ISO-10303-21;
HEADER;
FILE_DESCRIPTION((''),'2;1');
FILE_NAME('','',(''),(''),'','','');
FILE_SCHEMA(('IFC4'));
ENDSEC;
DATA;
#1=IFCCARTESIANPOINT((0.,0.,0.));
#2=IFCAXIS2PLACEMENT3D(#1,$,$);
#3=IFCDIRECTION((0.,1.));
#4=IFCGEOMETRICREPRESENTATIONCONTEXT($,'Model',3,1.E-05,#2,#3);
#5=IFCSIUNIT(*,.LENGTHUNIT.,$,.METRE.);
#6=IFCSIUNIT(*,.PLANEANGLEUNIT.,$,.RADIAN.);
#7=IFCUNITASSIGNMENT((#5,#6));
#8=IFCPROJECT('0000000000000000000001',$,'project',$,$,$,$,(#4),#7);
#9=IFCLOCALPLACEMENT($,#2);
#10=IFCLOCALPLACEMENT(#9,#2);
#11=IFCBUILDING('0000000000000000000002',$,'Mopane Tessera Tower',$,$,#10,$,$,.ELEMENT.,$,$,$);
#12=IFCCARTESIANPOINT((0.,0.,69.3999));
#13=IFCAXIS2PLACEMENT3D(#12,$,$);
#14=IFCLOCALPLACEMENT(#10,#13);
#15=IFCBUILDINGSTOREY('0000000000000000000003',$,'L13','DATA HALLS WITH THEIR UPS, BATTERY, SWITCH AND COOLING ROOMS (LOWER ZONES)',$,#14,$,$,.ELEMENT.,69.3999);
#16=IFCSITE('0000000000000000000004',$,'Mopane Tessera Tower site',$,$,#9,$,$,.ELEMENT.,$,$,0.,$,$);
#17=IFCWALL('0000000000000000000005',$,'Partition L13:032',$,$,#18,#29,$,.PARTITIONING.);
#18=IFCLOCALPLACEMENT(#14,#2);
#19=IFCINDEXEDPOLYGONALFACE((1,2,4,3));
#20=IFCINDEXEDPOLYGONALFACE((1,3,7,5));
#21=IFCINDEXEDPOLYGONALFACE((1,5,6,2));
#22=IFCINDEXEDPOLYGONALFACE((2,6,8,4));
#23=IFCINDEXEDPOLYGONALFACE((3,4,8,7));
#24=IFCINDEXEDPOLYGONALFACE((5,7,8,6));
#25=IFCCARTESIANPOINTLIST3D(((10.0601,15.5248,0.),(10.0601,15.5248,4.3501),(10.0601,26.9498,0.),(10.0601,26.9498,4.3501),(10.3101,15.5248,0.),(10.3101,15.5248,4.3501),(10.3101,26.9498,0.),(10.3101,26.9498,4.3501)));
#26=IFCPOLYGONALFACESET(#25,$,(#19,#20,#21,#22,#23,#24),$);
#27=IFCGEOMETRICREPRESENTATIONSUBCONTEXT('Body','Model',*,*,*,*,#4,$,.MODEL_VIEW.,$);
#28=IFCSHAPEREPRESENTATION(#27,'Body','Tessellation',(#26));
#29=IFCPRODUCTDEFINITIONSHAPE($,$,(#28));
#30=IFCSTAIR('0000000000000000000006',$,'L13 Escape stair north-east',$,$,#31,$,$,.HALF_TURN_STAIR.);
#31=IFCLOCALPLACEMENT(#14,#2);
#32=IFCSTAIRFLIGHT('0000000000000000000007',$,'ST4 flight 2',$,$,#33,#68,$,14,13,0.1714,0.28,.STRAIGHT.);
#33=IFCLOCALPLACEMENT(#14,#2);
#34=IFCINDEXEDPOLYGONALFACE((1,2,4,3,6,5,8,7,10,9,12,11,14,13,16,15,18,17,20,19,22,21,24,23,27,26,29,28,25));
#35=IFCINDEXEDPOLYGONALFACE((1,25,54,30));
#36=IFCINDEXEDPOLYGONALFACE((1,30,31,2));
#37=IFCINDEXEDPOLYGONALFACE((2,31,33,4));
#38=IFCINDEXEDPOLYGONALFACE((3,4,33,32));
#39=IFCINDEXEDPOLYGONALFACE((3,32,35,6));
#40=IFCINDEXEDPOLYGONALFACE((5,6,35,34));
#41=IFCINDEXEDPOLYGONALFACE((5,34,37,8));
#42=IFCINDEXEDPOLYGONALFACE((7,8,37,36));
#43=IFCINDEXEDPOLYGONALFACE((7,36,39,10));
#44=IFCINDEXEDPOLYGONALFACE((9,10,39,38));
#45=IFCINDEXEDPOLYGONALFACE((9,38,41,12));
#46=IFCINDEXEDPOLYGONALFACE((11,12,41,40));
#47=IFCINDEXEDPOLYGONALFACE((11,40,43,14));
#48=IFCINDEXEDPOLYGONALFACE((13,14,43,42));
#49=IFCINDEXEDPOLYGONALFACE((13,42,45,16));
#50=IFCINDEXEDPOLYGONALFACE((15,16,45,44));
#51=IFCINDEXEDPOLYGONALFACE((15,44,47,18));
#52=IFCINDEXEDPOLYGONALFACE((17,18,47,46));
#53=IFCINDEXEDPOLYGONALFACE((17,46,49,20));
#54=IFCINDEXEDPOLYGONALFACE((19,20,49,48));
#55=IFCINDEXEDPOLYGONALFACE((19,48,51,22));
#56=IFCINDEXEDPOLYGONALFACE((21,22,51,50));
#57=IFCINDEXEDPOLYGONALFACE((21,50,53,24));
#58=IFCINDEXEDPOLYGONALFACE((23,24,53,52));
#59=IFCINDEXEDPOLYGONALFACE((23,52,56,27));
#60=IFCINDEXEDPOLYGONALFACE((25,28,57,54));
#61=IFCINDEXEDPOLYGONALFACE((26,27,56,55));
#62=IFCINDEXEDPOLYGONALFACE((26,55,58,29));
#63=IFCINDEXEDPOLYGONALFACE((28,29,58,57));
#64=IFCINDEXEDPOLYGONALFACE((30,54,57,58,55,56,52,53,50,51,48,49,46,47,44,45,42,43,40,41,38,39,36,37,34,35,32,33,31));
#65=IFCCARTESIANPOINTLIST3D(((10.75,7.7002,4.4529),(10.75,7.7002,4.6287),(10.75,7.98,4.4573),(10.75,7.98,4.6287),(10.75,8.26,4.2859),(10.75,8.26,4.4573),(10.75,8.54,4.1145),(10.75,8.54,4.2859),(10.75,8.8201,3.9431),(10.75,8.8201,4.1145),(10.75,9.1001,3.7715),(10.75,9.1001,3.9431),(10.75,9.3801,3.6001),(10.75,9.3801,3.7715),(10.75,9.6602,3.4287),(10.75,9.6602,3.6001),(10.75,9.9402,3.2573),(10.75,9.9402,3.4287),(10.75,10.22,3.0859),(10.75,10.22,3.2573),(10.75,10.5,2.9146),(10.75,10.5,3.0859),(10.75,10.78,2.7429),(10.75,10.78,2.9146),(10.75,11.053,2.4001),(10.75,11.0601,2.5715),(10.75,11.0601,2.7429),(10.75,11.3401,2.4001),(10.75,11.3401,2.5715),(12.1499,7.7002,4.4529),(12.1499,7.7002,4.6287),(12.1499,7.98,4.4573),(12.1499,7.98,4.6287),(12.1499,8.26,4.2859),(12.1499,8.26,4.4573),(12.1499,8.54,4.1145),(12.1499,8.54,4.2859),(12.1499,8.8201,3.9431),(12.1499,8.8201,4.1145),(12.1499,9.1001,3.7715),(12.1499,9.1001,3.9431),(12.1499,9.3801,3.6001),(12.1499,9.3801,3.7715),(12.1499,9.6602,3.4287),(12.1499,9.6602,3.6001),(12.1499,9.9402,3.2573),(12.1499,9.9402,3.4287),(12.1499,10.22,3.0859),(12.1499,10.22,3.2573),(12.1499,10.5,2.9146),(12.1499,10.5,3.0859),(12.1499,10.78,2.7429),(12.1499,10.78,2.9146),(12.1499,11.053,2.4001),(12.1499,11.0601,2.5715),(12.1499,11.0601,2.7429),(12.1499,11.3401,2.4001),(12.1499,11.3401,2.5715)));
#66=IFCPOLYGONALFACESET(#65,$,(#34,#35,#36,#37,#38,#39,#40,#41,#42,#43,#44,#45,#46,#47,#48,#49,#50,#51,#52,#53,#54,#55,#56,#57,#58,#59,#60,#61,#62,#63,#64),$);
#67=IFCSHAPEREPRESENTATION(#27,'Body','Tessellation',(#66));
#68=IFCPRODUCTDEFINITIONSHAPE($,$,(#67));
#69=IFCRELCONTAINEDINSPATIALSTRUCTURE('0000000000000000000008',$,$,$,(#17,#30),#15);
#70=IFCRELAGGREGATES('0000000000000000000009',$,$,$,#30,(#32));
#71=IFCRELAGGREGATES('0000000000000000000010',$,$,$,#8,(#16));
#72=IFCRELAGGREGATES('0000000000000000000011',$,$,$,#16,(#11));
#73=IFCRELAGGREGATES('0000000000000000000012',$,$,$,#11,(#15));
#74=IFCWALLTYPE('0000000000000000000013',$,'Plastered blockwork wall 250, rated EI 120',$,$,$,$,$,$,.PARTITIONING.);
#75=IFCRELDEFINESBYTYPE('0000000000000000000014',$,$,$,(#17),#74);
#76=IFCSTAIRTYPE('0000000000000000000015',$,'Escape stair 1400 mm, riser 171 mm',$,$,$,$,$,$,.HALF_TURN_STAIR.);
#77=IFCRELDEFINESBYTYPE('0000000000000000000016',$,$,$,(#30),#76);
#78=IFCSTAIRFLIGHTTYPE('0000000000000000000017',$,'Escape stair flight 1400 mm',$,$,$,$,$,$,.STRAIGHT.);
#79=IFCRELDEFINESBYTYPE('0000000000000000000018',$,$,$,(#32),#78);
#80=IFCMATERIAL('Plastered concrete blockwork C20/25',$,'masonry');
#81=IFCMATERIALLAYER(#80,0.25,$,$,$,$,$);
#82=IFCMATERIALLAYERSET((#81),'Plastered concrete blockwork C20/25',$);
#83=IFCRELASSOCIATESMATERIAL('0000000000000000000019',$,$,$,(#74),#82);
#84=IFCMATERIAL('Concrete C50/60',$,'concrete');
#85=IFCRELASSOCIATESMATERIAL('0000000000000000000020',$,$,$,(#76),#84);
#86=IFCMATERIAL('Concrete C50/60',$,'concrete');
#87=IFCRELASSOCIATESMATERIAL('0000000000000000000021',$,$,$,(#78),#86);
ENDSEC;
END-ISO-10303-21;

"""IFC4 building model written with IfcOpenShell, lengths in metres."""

from ifc_helpers import new_model, si_unit, direction, frame, frame_2d, origin, place, context, subcontext, project, spatial, polyline, rectangle, outline, extrude, material, layer, layer_set, type_object, element, aggregate, save


model = new_model("IFC4")

# Units and contexts
model_context = context("Model", 3, precision=1e-05, world=origin(), true_north=direction((0.0, 1.0)))
body_context = subcontext(model_context, "Body", "Model", "MODEL_VIEW")
ifc_project = project(units=[si_unit("LENGTHUNIT", "METRE"), si_unit("PLANEANGLEUNIT", "RADIAN")], contexts=[model_context])

# Site, building, storey
site_placement = place(None, origin())
site = spatial("IfcSite", under=ifc_project, at=site_placement, Name="Mopane Tessera Tower site", CompositionType="ELEMENT", RefElevation=0.0)
building_placement = place(site_placement, origin())
building = spatial("IfcBuilding", under=site, at=building_placement, Name="Mopane Tessera Tower", CompositionType="ELEMENT")
storey_placement = place(building_placement, frame((0.0, 0.0, 69.3999)))
storey = spatial("IfcBuildingStorey", under=building, at=storey_placement, Name="L13", Description="DATA HALLS WITH THEIR UPS, BATTERY, SWITCH AND COOLING ROOMS (LOWER ZONES)", CompositionType="ELEMENT", Elevation=69.3999)

# Shared definitions
ifc_material_1 = material(Name="Plastered concrete blockwork C20/25", Category="masonry")
ifc_layer_1 = layer(ifc_material_1, 0.25)
ifc_layer_set_1 = layer_set([ifc_layer_1], Name="Plastered concrete blockwork C20/25")
wall_type_1 = type_object("IfcWallType", Name="Plastered blockwork wall 250, rated EI 120", PredefinedType="PARTITIONING", material=ifc_layer_set_1)

# Wall
wall_1_placement = place(storey_placement, frame((10.1851, 15.5249, 0.0), z_axis=(0.0, 0.0, 1.0), x_axis=(0.0, 1.0, 0.0)))
element("IfcWall", 1, at=wall_1_placement, inside=storey, type_object=wall_type_1, Name="Partition L13:032", PredefinedType="PARTITIONING", context=body_context, shape_type="SweptSolid", body=[
    extrude(rectangle(XDim=11.425, YDim=0.25, at=frame_2d((5.7124, 0.0))), origin(), (0.0, 0.0, 1.0), 4.3501),
])

# Stair, stair flight
ifc_material_2 = material(Name="Concrete C50/60", Category="concrete")
stair_type = type_object("IfcStairType", Name="Escape stair 1400 mm, riser 171 mm", PredefinedType="HALF_TURN_STAIR", material=ifc_material_2)
stair_placement = place(storey_placement, origin())
stair = element("IfcStair", 2, at=stair_placement, inside=storey, type_object=stair_type, Name="L13 Escape stair north-east", PredefinedType="HALF_TURN_STAIR")
ifc_material_3 = material(Name="Concrete C50/60", Category="concrete")
stair_flight_type = type_object("IfcStairFlightType", Name="Escape stair flight 1400 mm", PredefinedType="STRAIGHT", material=ifc_material_3)
stair_flight_placement = place(storey_placement, frame((11.45, 11.3401, 2.4001), z_axis=(0.0, 0.0, 1.0), x_axis=(0.0, -1.0, 0.0)))
stair_flight = element("IfcStairFlight", 3, at=stair_flight_placement, type_object=stair_flight_type, Name="ST4 flight 2", NumberOfRisers=14, NumberOfTreads=13, PredefinedType="STRAIGHT", RiserHeight=0.1714, TreadLength=0.28, context=body_context, shape_type="SweptSolid", body=[
    extrude(outline(polyline([(0.0, 0.0), (0.0, 0.1714), (0.28, 0.1714), (0.28, 0.3428), (0.5601, 0.3428), (0.5601, 0.5144), (0.8401, 0.5144), (0.8401, 0.6858), (1.1201, 0.6858), (1.1201, 0.8572), (1.3999, 0.8572), (1.3999, 1.0286), (1.6799, 1.0286), (1.6799, 1.2), (1.96, 1.2), (1.96, 1.3713), (2.24, 1.3713), (2.24, 1.543), (2.52, 1.543), (2.52, 1.7144), (2.8, 1.7144), (2.8, 1.8857), (3.0801, 1.8857), (3.0801, 2.0571), (3.3601, 2.0571), (3.3601, 2.2285), (3.6399, 2.2285), (3.6399, 2.3999), (3.6399, 2.0527), (0.2871, 0.0), (0.0, 0.0)])), frame((0.0, 0.7, 0.0), z_axis=(0.0, -1.0, 0.0), x_axis=(1.0, 0.0, 0.0)), (0.0, 0.0, 1.0), 1.3999),
])
aggregate(stair, [stair_flight])

save(model, "model.ifc")
